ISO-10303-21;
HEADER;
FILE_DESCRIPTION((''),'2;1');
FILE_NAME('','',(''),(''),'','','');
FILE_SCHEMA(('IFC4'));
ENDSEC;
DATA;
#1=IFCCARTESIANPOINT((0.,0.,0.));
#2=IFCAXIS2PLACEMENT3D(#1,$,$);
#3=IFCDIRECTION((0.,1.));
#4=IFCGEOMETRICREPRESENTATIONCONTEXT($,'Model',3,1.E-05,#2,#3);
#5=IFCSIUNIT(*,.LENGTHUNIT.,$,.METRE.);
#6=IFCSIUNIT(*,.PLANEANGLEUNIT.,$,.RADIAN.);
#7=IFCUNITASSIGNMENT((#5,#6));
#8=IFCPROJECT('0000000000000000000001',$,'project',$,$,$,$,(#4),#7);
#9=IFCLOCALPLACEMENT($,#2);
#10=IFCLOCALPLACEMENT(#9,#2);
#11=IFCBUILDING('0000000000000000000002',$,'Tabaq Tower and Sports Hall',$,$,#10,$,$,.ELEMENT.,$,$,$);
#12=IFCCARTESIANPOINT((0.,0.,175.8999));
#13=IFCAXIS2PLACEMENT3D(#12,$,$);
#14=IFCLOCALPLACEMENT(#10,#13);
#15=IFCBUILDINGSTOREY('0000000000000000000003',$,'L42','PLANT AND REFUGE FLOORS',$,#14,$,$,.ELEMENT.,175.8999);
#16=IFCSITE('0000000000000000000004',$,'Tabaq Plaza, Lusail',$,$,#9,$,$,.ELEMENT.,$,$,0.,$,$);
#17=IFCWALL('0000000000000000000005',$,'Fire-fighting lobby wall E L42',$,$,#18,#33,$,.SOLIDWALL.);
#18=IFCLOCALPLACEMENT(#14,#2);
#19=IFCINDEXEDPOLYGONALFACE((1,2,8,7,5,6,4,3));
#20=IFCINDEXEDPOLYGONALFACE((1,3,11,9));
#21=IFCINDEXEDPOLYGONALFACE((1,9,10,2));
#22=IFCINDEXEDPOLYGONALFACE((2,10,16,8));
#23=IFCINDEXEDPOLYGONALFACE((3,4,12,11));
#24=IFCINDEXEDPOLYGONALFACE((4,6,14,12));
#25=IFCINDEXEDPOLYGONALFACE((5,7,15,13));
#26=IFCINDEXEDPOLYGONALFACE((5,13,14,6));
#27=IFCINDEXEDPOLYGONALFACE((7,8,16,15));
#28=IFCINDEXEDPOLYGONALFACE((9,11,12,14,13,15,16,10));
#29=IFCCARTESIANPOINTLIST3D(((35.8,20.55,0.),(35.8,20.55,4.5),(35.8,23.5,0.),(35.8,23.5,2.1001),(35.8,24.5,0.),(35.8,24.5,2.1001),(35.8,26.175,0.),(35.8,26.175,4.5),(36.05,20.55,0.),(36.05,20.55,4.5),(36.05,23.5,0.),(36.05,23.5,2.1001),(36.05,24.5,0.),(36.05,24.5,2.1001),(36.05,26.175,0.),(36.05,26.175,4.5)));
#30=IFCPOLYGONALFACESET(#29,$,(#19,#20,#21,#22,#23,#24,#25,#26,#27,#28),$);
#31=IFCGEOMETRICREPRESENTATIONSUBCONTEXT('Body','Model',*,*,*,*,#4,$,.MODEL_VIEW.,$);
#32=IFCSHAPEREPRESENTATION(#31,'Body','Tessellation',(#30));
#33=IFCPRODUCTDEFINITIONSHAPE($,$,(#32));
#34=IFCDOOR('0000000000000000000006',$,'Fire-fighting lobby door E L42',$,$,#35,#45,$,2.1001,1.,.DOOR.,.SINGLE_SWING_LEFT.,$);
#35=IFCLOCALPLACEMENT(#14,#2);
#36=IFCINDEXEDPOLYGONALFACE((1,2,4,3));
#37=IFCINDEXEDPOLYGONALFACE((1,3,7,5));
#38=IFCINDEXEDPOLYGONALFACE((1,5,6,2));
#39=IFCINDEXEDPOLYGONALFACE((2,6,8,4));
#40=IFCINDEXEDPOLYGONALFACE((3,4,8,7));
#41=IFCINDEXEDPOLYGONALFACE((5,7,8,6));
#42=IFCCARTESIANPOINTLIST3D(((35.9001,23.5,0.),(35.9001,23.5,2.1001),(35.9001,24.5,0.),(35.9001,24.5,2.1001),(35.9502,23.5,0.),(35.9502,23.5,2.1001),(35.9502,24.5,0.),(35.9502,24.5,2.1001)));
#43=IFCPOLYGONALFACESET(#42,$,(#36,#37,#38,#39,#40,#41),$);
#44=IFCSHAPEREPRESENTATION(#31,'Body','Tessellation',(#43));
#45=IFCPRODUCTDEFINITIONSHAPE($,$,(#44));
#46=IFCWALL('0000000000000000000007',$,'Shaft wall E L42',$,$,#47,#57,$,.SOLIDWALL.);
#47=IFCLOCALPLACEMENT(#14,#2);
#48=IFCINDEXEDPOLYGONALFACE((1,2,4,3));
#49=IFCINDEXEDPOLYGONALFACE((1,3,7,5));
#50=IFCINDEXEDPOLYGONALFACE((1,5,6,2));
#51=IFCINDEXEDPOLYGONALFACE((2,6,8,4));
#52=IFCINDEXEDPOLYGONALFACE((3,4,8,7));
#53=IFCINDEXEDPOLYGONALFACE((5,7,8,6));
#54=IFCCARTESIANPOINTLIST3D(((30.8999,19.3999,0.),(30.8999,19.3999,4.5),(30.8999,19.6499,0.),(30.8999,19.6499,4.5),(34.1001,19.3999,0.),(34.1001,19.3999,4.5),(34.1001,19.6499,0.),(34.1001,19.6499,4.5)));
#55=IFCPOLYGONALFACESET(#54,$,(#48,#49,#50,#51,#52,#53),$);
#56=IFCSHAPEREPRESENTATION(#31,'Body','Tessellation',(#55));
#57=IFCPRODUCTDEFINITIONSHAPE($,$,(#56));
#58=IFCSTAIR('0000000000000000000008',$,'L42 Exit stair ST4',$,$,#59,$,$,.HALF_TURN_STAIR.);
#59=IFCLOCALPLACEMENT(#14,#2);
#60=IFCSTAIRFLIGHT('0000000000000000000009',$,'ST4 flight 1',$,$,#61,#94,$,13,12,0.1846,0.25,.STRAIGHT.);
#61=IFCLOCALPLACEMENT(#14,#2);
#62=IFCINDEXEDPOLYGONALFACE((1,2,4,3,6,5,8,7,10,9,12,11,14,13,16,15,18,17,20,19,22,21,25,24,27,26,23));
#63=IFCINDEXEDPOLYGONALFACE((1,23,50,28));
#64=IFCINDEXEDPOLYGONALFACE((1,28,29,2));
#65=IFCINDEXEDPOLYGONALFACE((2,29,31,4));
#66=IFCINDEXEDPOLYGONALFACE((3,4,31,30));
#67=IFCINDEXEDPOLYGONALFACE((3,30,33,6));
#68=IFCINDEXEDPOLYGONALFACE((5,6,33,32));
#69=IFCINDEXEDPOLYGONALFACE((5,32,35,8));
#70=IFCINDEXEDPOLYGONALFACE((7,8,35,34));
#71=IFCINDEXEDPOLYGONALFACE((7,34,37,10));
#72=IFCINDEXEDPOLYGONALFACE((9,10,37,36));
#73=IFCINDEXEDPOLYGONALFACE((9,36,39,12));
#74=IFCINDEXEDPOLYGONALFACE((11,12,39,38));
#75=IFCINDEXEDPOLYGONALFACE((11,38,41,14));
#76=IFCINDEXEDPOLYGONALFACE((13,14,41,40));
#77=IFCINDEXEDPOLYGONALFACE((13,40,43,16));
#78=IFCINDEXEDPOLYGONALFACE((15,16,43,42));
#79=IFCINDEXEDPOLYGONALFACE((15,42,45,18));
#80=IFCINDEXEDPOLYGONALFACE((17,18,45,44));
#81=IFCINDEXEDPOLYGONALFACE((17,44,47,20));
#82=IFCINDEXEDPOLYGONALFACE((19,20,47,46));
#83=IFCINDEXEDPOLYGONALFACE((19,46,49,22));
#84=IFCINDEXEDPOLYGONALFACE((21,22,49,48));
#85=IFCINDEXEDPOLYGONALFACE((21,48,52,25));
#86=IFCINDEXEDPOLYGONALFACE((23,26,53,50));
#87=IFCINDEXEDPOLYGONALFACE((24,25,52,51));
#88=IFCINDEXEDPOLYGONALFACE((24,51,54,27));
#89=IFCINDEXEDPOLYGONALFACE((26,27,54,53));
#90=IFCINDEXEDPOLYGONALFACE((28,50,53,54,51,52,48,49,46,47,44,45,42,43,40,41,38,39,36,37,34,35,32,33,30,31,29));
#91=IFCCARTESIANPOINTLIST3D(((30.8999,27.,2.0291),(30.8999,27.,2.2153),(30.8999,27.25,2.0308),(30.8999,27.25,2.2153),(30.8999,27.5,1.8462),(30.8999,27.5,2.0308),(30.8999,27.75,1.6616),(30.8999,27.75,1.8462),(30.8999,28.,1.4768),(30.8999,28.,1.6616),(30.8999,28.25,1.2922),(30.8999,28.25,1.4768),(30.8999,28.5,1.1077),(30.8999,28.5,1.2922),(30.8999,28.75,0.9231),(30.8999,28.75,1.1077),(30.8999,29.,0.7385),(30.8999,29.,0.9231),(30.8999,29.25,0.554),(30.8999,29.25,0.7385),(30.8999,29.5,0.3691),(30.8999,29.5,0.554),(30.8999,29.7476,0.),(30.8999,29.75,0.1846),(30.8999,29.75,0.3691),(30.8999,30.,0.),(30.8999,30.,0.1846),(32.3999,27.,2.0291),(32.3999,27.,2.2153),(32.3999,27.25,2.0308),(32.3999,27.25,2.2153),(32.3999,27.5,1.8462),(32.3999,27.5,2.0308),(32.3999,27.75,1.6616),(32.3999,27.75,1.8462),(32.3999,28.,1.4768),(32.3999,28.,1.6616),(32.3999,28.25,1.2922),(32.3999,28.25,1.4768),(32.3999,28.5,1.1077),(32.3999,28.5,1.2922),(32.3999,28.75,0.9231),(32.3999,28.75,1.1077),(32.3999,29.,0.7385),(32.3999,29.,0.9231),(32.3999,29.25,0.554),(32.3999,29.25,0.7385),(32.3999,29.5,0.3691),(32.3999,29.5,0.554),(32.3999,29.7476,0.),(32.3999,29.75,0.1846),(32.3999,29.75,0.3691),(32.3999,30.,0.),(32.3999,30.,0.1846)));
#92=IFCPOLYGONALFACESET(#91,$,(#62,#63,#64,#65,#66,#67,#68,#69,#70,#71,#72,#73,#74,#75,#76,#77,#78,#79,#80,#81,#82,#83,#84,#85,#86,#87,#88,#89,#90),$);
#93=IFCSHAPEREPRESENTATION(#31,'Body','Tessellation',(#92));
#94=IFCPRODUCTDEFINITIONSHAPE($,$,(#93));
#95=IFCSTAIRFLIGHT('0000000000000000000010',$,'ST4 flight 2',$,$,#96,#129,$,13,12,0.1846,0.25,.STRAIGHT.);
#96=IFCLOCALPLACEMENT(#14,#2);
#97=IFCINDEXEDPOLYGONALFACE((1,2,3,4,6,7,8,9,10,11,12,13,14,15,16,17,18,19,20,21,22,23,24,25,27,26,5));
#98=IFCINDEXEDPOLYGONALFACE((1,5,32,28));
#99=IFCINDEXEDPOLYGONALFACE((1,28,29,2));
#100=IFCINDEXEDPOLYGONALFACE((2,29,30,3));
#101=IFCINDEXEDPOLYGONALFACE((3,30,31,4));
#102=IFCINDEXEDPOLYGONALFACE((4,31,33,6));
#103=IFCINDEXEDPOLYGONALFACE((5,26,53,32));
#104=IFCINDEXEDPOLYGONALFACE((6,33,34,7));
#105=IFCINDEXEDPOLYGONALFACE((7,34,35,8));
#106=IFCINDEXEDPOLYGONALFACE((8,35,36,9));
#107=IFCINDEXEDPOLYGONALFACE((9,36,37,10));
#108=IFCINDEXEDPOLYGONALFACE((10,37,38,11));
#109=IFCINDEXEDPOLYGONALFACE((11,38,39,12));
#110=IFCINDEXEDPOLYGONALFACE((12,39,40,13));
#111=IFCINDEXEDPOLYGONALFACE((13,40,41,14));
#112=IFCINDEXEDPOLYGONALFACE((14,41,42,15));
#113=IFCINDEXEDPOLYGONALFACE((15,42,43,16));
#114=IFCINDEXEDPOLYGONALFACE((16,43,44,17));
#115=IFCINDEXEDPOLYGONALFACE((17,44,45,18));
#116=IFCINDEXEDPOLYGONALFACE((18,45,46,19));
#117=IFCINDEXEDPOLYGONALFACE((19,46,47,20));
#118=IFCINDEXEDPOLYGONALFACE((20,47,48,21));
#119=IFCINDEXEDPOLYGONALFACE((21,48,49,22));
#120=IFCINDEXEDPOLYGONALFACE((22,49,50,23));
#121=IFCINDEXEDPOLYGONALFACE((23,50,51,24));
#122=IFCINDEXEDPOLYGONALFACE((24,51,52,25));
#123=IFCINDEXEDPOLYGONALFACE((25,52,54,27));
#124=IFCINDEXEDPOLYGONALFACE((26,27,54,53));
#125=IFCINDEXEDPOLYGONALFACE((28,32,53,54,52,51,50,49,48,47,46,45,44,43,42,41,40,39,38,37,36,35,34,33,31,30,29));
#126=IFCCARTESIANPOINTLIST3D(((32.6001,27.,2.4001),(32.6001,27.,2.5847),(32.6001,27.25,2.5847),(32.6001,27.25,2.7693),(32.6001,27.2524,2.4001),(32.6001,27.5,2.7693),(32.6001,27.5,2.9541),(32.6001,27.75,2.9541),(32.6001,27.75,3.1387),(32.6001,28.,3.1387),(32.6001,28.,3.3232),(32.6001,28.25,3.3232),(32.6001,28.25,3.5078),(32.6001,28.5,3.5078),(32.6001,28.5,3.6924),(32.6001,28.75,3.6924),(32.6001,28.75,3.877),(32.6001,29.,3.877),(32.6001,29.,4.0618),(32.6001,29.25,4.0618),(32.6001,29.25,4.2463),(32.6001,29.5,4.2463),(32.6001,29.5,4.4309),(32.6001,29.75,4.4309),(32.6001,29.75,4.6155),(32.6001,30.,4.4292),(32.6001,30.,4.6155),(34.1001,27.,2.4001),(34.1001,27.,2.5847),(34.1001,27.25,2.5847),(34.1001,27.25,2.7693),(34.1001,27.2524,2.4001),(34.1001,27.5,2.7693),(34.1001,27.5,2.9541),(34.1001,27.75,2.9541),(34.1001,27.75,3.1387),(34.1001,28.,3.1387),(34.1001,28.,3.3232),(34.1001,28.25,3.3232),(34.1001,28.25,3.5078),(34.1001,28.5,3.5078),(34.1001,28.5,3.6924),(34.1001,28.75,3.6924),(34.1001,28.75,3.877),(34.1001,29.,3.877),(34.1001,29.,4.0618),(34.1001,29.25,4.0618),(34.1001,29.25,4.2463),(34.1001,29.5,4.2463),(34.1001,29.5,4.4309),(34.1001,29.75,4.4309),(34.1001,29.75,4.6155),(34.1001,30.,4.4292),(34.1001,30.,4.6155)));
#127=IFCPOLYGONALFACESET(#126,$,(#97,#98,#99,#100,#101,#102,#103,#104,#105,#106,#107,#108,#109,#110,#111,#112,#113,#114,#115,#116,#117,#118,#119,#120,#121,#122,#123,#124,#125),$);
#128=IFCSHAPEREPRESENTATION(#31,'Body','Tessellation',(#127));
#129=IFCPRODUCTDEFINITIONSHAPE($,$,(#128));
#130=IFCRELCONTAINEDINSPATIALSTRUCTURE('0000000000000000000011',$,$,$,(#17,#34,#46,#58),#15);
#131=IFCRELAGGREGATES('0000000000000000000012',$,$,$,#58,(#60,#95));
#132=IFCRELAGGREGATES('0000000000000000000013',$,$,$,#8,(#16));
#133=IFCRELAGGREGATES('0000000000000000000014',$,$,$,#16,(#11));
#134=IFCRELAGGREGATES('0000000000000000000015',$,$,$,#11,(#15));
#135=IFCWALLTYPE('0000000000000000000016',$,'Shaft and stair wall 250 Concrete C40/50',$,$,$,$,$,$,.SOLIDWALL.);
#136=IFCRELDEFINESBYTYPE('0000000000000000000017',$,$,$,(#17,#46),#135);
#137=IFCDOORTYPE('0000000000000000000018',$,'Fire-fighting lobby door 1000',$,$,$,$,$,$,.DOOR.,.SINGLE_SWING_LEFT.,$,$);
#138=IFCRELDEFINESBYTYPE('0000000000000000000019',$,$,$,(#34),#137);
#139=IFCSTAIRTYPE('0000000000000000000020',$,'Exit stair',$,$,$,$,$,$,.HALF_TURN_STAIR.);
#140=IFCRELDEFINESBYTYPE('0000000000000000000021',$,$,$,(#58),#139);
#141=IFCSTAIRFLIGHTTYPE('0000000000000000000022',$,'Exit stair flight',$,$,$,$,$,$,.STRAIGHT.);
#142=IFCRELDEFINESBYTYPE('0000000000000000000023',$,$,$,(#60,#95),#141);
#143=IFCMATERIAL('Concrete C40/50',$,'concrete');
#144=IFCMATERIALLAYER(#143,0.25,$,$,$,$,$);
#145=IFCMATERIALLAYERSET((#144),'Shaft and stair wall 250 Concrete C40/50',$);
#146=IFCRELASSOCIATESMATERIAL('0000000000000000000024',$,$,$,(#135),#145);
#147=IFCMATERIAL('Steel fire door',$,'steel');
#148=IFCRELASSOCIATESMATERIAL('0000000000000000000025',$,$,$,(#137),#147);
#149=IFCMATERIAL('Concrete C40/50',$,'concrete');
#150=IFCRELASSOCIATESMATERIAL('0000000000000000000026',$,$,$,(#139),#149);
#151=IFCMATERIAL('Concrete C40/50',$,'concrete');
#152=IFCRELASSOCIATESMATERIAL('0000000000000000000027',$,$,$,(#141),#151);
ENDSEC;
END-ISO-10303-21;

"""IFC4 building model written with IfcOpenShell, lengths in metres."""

from ifc_helpers import new_model, si_unit, direction, frame, frame_2d, origin, place, context, subcontext, project, spatial, polyline, rectangle, outline, extrude, material, layer, layer_set, type_object, element, fill, aggregate, save


model = new_model("IFC4")

# Units and contexts
model_context = context("Model", 3, precision=1e-05, world=origin(), true_north=direction((0.0, 1.0)))
body_context = subcontext(model_context, "Body", "Model", "MODEL_VIEW")
ifc_project = project(units=[si_unit("LENGTHUNIT", "METRE"), si_unit("PLANEANGLEUNIT", "RADIAN")], contexts=[model_context])

# Site, building, storey
site_placement = place(None, origin())
site = spatial("IfcSite", under=ifc_project, at=site_placement, Name="Tabaq Plaza, Lusail", CompositionType="ELEMENT", RefElevation=0.0)
building_placement = place(site_placement, origin())
building = spatial("IfcBuilding", under=site, at=building_placement, Name="Tabaq Tower and Sports Hall", CompositionType="ELEMENT")
storey_placement = place(building_placement, frame((0.0, 0.0, 175.8999)))
storey = spatial("IfcBuildingStorey", under=building, at=storey_placement, Name="L42", Description="PLANT AND REFUGE FLOORS", CompositionType="ELEMENT", Elevation=175.8999)

# Shared definitions
ifc_material_1 = material(Name="Concrete C40/50", Category="concrete")
ifc_layer_1 = layer(ifc_material_1, 0.25)
ifc_layer_set_1 = layer_set([ifc_layer_1], Name="Shaft and stair wall 250 Concrete C40/50")
wall_type_1 = type_object("IfcWallType", Name="Shaft and stair wall 250 Concrete C40/50", PredefinedType="SOLIDWALL", material=ifc_layer_set_1)

# Wall, opening, door
wall_1_placement = place(storey_placement, frame((35.925, 20.55, 0.0), z_axis=(0.0, 0.0, 1.0), x_axis=(0.0, 1.0, 0.0)))
wall_1 = element("IfcWall", 1, at=wall_1_placement, inside=storey, type_object=wall_type_1, Name="Fire-fighting lobby wall E L42", PredefinedType="SOLIDWALL", context=body_context, shape_type="SweptSolid", body=[
    extrude(rectangle(XDim=5.625, YDim=0.25, at=frame_2d((2.8125, 0.0))), origin(), (0.0, 0.0, 1.0), 4.5),
])
opening_1_placement = place(wall_1_placement, frame((2.95, 0.0, 0.0)))
opening_1 = element("IfcOpeningElement", 2, at=opening_1_placement, cuts=wall_1, PredefinedType="OPENING", context=body_context, shape_type="SweptSolid", body=[
    extrude(rectangle(XDim=1.0, YDim=2.1001, at=frame_2d((0.5, 1.05))), frame((0.0, 0.125, 0.0), z_axis=(0.0, -1.0, 0.0), x_axis=(1.0, 0.0, 0.0)), (0.0, 0.0, 1.0), 0.25),
])
ifc_material_2 = material(Name="Steel fire door", Category="steel")
door_type_1 = type_object("IfcDoorType", Name="Fire-fighting lobby door 1000", OperationType="SINGLE_SWING_LEFT", PredefinedType="DOOR", material=ifc_material_2)
door_1_placement = place(opening_1_placement, origin())
door_1 = element("IfcDoor", 3, at=door_1_placement, inside=storey, type_object=door_type_1, Name="Fire-fighting lobby door E L42", OperationType="SINGLE_SWING_LEFT", OverallHeight=2.1001, OverallWidth=1.0, PredefinedType="DOOR", context=body_context, shape_type="SweptSolid", body=[
    extrude(rectangle(XDim=1.0, YDim=2.1001, at=frame_2d((0.5, 1.05))), frame((0.0, 0.0249, 0.0), z_axis=(0.0, -1.0, 0.0), x_axis=(1.0, 0.0, 0.0)), (0.0, 0.0, 1.0), 0.05),
])
fill(opening_1, door_1)

# Wall
wall_2_placement = place(storey_placement, frame((30.8999, 19.5249, 0.0), z_axis=(0.0, 0.0, 1.0), x_axis=(1.0, 0.0, 0.0)))
element("IfcWall", 4, at=wall_2_placement, inside=storey, type_object=wall_type_1, Name="Shaft wall E L42", PredefinedType="SOLIDWALL", context=body_context, shape_type="SweptSolid", body=[
    extrude(rectangle(XDim=3.2002, YDim=0.25, at=frame_2d((1.6001, 0.0))), origin(), (0.0, 0.0, 1.0), 4.5),
])

# Stair, stair flights
ifc_material_3 = material(Name="Concrete C40/50", Category="concrete")
stair_type = type_object("IfcStairType", Name="Exit stair", PredefinedType="HALF_TURN_STAIR", material=ifc_material_3)
stair_placement = place(storey_placement, origin())
stair = element("IfcStair", 5, at=stair_placement, inside=storey, type_object=stair_type, Name="L42 Exit stair ST4", PredefinedType="HALF_TURN_STAIR")
ifc_material_4 = material(Name="Concrete C40/50", Category="concrete")
stair_flight_type = type_object("IfcStairFlightType", Name="Exit stair flight", PredefinedType="STRAIGHT", material=ifc_material_4)
stair_flight_1_placement = place(storey_placement, frame((31.6499, 30.0, 0.0), z_axis=(0.0, 0.0, 1.0), x_axis=(0.0, -1.0, 0.0)))
stair_flight_1 = element("IfcStairFlight", 6, at=stair_flight_1_placement, type_object=stair_flight_type, Name="ST4 flight 1", NumberOfRisers=13, NumberOfTreads=12, PredefinedType="STRAIGHT", RiserHeight=0.1846, TreadLength=0.25, context=body_context, shape_type="SweptSolid", body=[
    extrude(outline(polyline([(0.0, 0.0), (0.0, 0.1846), (0.25, 0.1846), (0.25, 0.3691), (0.5, 0.3691), (0.5, 0.554), (0.75, 0.554), (0.75, 0.7385), (1.0, 0.7385), (1.0, 0.9231), (1.25, 0.9231), (1.25, 1.1077), (1.5, 1.1077), (1.5, 1.2922), (1.75, 1.2922), (1.75, 1.4768), (2.0, 1.4768), (2.0, 1.6616), (2.25, 1.6616), (2.25, 1.8462), (2.5, 1.8462), (2.5, 2.0308), (2.75, 2.0308), (2.75, 2.2153), (3.0, 2.2153), (3.0, 2.3999), (3.0, 2.0291), (0.2524, 0.0), (0.0, 0.0)])), frame((0.0, 0.75, 0.0), z_axis=(0.0, -1.0, 0.0), x_axis=(1.0, 0.0, 0.0)), (0.0, 0.0, 1.0), 1.5),
])
stair_flight_2_placement = place(storey_placement, frame((33.3501, 27.0, 2.4001), z_axis=(0.0, 0.0, 1.0), x_axis=(0.0, 1.0, 0.0)))
stair_flight_2 = element("IfcStairFlight", 7, at=stair_flight_2_placement, type_object=stair_flight_type, Name="ST4 flight 2", NumberOfRisers=13, NumberOfTreads=12, PredefinedType="STRAIGHT", RiserHeight=0.1846, TreadLength=0.25, context=body_context, shape_type="SweptSolid", body=[
    extrude(outline(polyline([(0.0, 0.0), (0.0, 0.1846), (0.25, 0.1846), (0.25, 0.3691), (0.5, 0.3691), (0.5, 0.554), (0.75, 0.554), (0.75, 0.7385), (1.0, 0.7385), (1.0, 0.9231), (1.25, 0.9231), (1.25, 1.1077), (1.5, 1.1077), (1.5, 1.2922), (1.75, 1.2922), (1.75, 1.4768), (2.0, 1.4768), (2.0, 1.6616), (2.25, 1.6616), (2.25, 1.8462), (2.5, 1.8462), (2.5, 2.0308), (2.75, 2.0308), (2.75, 2.2153), (3.0, 2.2153), (3.0, 2.3999), (3.0, 2.0291), (0.2524, 0.0), (0.0, 0.0)])), frame((0.0, 0.75, 0.0), z_axis=(0.0, -1.0, 0.0), x_axis=(1.0, 0.0, 0.0)), (0.0, 0.0, 1.0), 1.5),
])
aggregate(stair, [stair_flight_1, stair_flight_2])

save(model, "model.ifc")
